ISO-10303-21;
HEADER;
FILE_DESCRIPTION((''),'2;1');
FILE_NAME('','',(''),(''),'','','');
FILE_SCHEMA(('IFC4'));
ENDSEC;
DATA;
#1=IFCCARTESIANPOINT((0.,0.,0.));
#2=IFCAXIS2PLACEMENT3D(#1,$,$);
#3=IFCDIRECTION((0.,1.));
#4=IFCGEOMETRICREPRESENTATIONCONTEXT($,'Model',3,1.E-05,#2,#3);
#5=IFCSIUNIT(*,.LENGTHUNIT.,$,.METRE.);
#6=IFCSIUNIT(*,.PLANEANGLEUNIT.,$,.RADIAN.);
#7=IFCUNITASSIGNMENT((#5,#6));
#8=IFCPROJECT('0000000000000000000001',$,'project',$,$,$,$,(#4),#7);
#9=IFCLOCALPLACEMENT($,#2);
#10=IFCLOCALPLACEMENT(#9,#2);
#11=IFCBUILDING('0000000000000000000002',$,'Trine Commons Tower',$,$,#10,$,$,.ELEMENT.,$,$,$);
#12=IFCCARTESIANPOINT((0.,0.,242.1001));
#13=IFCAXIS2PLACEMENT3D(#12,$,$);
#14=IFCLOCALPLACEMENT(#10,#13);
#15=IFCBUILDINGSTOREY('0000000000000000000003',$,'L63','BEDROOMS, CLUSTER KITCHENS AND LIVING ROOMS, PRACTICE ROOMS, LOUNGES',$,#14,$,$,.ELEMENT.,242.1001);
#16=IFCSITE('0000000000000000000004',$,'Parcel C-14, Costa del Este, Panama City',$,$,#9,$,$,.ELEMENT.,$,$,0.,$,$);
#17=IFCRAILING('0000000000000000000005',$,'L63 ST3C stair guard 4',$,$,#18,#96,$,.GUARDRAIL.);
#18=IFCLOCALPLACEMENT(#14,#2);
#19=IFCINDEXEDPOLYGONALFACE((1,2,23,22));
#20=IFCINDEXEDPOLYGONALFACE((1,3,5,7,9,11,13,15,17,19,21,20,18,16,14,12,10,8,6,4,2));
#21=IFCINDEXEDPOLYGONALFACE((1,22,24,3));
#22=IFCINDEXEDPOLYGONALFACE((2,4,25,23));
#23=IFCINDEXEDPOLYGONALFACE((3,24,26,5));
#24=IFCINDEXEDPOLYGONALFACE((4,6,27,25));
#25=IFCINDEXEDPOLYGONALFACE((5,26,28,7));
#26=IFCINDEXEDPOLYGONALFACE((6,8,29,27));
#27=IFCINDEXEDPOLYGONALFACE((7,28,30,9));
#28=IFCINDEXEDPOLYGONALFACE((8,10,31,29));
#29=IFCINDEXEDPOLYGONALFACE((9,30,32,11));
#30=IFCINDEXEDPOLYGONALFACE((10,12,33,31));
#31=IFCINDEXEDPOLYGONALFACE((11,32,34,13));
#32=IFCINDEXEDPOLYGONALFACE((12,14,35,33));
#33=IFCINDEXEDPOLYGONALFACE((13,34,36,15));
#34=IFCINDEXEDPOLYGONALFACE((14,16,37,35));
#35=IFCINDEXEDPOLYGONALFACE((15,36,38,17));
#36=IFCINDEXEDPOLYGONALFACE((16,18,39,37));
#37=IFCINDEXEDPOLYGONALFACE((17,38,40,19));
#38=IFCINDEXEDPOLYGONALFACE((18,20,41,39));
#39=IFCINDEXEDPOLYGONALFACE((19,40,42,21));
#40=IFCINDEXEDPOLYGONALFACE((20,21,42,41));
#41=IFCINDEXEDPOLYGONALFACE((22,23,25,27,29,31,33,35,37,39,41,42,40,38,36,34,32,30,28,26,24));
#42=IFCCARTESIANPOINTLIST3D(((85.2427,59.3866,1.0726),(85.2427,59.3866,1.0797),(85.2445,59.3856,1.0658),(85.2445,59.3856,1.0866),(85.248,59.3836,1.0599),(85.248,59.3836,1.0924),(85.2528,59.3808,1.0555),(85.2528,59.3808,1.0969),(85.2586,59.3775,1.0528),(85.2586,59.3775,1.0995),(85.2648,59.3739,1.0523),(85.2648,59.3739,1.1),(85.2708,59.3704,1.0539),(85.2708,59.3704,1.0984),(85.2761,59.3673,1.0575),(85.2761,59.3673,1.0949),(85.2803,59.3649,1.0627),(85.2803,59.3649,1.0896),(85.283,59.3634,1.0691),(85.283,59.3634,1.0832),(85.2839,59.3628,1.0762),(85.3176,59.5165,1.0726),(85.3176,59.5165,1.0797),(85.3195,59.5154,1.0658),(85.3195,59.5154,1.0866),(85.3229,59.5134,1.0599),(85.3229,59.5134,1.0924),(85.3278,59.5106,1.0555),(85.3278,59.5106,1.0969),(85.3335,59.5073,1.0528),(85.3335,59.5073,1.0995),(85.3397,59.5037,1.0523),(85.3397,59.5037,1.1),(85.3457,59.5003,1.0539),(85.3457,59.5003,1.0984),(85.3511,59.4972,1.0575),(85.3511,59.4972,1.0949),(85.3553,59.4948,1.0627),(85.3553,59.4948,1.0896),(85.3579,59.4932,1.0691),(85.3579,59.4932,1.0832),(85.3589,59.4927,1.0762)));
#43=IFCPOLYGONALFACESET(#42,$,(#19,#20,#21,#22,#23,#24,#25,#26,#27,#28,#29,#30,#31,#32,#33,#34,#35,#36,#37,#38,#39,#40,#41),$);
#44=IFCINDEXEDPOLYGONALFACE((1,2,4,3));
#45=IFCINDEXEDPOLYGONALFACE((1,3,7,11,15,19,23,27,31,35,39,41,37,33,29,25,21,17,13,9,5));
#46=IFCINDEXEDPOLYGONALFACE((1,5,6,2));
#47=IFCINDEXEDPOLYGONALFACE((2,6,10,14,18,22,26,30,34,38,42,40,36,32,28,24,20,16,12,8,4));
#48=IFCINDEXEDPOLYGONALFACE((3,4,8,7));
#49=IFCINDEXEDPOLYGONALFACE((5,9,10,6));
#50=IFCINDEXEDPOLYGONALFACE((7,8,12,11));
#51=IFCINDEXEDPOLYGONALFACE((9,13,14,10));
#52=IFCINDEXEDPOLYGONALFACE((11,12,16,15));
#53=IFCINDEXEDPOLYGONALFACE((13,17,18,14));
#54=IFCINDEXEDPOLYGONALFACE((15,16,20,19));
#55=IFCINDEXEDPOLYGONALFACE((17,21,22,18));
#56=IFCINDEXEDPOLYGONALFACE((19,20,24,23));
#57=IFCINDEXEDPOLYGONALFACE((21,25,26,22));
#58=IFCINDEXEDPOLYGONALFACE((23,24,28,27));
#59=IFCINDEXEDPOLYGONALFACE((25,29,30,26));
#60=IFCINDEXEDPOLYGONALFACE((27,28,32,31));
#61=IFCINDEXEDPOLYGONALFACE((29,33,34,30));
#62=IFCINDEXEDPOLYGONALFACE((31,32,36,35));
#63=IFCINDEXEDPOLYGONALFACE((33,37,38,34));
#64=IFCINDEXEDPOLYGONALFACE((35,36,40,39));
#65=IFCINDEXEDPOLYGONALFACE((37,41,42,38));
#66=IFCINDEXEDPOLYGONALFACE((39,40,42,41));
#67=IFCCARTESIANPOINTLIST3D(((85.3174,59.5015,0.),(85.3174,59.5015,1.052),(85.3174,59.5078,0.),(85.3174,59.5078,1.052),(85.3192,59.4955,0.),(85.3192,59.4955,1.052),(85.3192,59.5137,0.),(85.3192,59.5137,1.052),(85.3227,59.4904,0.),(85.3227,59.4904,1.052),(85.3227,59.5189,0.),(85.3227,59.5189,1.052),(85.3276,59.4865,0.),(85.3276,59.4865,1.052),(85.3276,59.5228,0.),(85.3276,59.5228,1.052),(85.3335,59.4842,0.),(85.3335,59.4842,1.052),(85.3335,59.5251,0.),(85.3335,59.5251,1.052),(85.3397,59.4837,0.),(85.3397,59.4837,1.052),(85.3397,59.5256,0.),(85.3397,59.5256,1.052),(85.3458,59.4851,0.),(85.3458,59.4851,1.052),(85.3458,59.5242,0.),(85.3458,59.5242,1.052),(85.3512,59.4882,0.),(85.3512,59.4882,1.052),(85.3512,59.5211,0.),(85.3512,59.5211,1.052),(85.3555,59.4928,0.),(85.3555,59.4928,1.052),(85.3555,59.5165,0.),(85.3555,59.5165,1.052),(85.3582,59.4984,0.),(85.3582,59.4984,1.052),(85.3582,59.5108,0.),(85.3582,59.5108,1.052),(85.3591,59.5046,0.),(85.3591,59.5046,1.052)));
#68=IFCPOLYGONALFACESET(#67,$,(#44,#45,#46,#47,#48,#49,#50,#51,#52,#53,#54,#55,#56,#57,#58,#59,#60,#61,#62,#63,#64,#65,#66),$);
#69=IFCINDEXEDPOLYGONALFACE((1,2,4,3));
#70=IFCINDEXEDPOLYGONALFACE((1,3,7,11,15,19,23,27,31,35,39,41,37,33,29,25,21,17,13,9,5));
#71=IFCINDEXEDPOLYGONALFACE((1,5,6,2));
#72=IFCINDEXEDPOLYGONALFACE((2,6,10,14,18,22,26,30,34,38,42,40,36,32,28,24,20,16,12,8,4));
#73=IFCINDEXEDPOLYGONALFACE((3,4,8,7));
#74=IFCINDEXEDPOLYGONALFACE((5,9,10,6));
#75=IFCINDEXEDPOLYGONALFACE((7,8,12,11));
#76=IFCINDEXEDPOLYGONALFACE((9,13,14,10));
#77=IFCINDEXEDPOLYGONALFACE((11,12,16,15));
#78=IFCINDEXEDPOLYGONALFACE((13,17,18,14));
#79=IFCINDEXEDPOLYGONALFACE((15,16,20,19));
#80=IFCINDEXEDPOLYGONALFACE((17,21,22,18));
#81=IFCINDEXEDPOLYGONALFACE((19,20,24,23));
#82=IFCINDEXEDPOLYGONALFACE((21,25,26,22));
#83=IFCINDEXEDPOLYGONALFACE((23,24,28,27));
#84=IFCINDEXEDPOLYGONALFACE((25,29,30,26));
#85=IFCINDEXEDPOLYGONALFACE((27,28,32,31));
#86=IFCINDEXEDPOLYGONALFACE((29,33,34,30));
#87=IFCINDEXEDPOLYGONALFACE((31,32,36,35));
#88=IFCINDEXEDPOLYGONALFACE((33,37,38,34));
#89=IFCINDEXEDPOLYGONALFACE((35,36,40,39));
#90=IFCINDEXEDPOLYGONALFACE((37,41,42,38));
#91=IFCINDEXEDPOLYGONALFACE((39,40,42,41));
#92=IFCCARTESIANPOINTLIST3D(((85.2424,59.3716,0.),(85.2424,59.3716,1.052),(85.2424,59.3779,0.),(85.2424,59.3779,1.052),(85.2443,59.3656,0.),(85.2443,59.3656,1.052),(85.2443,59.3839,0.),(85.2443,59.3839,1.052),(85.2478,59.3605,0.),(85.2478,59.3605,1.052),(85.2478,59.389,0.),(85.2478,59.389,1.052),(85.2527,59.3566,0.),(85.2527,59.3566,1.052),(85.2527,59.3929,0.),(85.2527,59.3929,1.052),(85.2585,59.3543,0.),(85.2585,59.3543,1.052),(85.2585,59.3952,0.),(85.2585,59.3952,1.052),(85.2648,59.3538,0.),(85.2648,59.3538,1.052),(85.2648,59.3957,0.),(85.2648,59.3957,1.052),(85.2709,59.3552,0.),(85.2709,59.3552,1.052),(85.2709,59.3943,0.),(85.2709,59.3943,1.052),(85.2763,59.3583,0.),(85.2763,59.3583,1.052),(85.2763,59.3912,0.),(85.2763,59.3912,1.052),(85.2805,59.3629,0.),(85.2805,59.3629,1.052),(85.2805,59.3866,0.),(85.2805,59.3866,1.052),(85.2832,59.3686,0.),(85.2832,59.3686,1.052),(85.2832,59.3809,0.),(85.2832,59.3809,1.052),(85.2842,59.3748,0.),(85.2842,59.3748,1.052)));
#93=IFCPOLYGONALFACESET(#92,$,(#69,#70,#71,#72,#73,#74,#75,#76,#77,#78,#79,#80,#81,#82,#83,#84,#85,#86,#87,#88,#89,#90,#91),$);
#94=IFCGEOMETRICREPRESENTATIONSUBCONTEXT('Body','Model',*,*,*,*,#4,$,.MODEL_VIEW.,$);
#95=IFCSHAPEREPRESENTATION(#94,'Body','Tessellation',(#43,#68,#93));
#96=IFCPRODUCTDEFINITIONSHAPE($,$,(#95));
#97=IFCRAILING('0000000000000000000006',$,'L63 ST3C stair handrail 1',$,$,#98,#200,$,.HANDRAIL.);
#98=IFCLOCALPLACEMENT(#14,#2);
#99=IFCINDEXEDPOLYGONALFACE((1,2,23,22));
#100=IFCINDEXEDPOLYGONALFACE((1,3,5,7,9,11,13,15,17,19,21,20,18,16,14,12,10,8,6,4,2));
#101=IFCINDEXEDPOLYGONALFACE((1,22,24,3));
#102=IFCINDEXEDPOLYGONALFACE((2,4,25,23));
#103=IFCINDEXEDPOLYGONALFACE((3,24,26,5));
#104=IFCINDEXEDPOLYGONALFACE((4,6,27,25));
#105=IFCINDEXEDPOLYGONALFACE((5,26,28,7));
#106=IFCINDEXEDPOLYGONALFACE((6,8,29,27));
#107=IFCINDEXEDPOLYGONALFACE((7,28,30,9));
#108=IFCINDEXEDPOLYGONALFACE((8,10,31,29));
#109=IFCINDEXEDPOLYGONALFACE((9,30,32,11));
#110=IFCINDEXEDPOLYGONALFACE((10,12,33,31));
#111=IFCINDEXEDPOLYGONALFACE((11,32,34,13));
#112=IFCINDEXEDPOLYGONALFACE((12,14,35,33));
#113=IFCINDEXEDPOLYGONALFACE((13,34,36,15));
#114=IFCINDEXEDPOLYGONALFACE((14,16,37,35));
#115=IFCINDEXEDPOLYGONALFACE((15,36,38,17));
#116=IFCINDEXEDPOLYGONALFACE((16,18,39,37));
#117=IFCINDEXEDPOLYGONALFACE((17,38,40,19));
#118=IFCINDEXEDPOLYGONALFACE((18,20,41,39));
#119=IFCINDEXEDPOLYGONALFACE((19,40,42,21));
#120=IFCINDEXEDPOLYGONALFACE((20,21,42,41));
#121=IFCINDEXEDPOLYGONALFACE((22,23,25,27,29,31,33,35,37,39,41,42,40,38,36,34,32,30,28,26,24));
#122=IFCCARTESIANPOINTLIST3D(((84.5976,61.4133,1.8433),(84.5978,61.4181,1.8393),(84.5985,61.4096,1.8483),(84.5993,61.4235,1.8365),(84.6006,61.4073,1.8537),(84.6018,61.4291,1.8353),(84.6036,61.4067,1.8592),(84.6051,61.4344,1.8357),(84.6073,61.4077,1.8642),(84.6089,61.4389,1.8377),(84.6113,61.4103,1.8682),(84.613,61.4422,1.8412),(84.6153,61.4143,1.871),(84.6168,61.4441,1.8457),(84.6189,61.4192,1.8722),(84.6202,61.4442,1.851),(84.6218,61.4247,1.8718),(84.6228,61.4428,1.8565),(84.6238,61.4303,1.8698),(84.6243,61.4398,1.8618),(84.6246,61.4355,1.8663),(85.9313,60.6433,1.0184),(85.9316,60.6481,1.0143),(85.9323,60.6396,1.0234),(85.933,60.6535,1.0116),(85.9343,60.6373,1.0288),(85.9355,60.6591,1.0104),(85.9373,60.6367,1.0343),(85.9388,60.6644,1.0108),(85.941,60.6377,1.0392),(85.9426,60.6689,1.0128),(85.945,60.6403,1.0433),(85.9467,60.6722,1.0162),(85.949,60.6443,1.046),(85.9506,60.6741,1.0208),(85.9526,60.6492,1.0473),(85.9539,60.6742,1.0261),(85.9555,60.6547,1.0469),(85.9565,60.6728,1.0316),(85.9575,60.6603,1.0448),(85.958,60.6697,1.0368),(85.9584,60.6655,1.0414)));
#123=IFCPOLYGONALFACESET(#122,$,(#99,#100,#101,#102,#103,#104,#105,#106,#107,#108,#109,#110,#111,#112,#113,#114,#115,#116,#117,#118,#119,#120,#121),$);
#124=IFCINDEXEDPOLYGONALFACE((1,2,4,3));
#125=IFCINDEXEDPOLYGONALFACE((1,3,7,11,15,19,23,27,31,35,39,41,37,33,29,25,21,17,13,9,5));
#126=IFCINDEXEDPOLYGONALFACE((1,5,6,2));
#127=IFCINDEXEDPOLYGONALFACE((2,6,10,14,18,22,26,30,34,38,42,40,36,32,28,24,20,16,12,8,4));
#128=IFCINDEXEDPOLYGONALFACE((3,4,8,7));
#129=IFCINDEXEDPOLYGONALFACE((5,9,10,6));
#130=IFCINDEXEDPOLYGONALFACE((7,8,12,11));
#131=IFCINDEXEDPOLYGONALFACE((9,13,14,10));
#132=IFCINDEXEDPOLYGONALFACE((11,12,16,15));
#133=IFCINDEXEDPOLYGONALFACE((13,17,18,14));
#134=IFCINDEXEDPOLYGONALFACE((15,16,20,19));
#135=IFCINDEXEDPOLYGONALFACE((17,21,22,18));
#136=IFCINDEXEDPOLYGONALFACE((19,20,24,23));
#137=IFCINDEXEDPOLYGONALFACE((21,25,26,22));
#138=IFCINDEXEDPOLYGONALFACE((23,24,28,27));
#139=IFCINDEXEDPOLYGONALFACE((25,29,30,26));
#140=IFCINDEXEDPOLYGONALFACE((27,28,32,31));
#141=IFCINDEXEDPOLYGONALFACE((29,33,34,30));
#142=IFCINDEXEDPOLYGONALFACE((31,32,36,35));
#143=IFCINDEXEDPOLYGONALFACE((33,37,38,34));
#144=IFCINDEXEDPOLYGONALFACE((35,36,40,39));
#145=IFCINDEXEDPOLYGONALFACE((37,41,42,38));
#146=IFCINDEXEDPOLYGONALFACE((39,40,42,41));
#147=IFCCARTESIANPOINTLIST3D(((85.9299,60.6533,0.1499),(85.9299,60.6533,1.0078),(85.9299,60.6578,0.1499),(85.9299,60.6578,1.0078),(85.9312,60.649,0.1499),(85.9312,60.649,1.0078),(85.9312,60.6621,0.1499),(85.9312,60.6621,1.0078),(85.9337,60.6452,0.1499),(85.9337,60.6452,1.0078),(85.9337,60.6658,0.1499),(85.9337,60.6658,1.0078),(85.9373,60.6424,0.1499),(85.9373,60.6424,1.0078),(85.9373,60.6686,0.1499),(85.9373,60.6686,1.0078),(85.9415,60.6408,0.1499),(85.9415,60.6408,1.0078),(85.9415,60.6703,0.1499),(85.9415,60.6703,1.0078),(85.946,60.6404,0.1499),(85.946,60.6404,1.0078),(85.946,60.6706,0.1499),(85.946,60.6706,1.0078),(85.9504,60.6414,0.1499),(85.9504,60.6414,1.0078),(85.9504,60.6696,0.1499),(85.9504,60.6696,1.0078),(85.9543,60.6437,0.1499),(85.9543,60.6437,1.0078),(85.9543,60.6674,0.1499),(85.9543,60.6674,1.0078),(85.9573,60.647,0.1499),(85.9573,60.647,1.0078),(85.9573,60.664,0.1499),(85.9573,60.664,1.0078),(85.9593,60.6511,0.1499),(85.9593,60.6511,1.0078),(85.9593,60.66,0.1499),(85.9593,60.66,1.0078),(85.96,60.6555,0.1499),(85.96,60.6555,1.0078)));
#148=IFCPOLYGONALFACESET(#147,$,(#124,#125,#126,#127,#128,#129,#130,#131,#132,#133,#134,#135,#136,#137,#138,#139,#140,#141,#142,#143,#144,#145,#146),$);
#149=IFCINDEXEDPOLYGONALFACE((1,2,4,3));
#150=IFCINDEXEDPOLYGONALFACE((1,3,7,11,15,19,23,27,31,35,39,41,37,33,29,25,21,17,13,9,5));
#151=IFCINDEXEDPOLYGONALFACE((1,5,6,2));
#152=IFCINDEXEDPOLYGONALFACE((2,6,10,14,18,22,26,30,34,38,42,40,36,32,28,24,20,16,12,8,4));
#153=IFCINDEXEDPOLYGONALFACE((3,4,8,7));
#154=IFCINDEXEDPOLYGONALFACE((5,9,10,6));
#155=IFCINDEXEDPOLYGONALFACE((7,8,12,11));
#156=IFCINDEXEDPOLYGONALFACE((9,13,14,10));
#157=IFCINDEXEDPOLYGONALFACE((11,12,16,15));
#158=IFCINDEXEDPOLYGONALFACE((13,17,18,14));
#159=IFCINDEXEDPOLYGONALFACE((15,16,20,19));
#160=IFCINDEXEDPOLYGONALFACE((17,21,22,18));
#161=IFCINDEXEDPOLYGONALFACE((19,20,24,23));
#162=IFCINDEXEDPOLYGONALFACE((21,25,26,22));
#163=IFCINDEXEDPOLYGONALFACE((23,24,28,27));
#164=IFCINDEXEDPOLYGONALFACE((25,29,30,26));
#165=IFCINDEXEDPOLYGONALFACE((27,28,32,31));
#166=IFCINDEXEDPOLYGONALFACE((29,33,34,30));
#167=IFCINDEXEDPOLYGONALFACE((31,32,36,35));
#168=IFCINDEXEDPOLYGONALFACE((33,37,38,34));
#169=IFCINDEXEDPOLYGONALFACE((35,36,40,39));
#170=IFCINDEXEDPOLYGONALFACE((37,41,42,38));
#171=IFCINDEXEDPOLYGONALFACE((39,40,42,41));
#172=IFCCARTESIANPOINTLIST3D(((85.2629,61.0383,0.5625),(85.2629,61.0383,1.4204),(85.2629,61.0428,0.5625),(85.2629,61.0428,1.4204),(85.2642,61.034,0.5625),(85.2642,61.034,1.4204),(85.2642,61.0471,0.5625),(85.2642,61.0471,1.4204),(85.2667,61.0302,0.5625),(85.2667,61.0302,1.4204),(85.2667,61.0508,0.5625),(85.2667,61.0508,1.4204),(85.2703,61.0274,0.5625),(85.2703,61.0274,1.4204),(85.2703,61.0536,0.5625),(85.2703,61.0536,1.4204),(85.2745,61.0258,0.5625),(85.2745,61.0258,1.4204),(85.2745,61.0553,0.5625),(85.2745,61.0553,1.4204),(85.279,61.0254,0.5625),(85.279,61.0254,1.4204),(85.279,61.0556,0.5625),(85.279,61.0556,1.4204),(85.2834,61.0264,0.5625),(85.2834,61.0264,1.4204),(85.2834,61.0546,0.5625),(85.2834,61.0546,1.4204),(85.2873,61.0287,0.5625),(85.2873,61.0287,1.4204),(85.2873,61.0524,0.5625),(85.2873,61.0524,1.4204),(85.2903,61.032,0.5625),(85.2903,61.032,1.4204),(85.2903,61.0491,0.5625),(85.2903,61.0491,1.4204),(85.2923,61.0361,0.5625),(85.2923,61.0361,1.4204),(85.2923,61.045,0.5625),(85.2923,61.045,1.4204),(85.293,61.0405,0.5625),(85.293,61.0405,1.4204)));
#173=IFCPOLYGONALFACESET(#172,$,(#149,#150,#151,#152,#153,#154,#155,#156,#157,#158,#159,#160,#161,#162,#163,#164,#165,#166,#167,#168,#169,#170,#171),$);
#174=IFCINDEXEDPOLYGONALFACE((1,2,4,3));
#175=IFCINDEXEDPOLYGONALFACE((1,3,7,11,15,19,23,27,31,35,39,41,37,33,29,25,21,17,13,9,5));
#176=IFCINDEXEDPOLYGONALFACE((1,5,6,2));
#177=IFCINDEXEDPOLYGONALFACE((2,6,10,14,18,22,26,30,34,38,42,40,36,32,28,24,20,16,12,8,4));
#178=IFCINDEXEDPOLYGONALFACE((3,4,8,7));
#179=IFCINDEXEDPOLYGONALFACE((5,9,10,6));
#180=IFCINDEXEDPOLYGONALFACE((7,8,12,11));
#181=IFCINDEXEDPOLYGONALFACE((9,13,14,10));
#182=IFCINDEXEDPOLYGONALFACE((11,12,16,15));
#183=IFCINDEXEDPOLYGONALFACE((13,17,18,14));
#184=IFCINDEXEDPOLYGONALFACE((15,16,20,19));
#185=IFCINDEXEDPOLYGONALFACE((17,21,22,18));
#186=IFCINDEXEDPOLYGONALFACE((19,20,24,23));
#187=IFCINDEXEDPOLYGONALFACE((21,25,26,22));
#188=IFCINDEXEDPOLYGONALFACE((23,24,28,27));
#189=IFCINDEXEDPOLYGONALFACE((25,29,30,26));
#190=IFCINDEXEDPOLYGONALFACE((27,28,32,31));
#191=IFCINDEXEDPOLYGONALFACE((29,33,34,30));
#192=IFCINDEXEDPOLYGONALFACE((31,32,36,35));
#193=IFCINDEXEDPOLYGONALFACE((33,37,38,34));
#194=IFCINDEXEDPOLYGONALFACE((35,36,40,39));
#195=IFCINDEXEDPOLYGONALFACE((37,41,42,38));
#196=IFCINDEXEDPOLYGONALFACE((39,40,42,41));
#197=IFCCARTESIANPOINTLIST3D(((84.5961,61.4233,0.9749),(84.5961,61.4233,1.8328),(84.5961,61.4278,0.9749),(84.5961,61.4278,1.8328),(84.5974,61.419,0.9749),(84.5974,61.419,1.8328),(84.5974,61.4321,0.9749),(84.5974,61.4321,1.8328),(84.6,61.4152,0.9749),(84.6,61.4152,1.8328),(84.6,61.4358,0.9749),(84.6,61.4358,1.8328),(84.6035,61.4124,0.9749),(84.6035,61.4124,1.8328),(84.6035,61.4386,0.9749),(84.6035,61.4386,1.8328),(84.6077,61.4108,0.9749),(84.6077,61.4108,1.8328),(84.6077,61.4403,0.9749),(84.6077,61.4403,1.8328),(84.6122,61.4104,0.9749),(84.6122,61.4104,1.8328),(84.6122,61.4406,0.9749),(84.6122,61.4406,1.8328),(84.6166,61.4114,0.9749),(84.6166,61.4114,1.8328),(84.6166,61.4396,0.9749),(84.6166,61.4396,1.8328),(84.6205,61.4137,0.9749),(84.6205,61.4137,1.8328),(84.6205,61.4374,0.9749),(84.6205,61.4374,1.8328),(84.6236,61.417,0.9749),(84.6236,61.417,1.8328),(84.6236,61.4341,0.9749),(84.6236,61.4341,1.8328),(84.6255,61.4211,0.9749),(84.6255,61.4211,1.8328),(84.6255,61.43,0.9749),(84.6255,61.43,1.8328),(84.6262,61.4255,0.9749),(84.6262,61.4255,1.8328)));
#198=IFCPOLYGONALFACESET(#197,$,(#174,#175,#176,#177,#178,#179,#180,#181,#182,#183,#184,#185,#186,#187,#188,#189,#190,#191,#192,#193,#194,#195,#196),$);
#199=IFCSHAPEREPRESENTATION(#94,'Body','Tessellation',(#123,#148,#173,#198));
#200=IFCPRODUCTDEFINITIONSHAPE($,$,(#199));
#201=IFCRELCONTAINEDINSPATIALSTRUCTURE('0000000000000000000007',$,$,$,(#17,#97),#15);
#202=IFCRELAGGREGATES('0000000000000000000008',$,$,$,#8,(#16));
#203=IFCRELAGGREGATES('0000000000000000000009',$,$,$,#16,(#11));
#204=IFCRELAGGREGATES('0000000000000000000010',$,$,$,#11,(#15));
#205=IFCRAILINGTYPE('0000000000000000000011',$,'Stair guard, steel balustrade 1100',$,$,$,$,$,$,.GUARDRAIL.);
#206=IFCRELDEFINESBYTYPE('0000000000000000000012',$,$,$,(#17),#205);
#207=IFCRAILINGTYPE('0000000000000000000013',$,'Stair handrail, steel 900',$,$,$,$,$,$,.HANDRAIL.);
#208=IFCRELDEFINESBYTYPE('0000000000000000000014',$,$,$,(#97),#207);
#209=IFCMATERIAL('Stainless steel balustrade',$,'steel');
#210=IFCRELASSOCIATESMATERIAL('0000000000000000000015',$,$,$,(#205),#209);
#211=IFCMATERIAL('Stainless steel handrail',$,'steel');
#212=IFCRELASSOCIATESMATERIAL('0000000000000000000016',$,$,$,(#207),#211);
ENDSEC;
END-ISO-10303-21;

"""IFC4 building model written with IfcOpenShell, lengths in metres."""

from ifc_helpers import new_model, si_unit, direction, frame, origin, origin_2d, place, context, subcontext, project, spatial, circle, extrude, material, type_object, element, save


model = new_model("IFC4")

# Units and contexts
model_context = context("Model", 3, precision=1e-05, world=origin(), true_north=direction((0.0, 1.0)))
body_context = subcontext(model_context, "Body", "Model", "MODEL_VIEW")
ifc_project = project(units=[si_unit("LENGTHUNIT", "METRE"), si_unit("PLANEANGLEUNIT", "RADIAN")], contexts=[model_context])

# Site, building, storey
site_placement = place(None, origin())
site = spatial("IfcSite", under=ifc_project, at=site_placement, Name="Parcel C-14, Costa del Este, Panama City", CompositionType="ELEMENT", RefElevation=0.0)
building_placement = place(site_placement, origin())
building = spatial("IfcBuilding", under=site, at=building_placement, Name="Trine Commons Tower", CompositionType="ELEMENT")
storey_placement = place(building_placement, frame((0.0, 0.0, 242.1001)))
storey = spatial("IfcBuildingStorey", under=building, at=storey_placement, Name="L63", Description="BEDROOMS, CLUSTER KITCHENS AND LIVING ROOMS, PRACTICE ROOMS, LOUNGES", CompositionType="ELEMENT", Elevation=242.1001)

# Railings
ifc_material_1 = material(Name="Stainless steel balustrade", Category="steel")
railing_type_1 = type_object("IfcRailingType", Name="Stair guard, steel balustrade 1100", PredefinedType="GUARDRAIL", material=ifc_material_1)
railing_1_placement = place(storey_placement, frame((85.3381, 59.5046, 0.0)))
element("IfcRailing", 1, at=railing_1_placement, inside=storey, type_object=railing_type_1, Name="L63 ST3C stair guard 4", PredefinedType="GUARDRAIL", context=body_context, shape_type="SweptSolid", body=[
    extrude(circle(Radius=0.0239, at=origin_2d()), frame((0.0, 0.0, 1.0762), z_axis=(-0.499816, -0.866131, 0.0), x_axis=(0.866131, -0.499816, 0.0)), (0.0, 0.0, 1.0), 0.1499),
    extrude(circle(Radius=0.021, at=origin_2d()), origin(), (0.0, 0.0, 1.0), 1.052),
    extrude(circle(Radius=0.021, at=origin_2d()), frame((-0.075, -0.1299, 0.0)), (0.0, 0.0, 1.0), 1.052),
])
ifc_material_2 = material(Name="Stainless steel handrail", Category="steel")
railing_type_2 = type_object("IfcRailingType", Name="Stair handrail, steel 900", PredefinedType="HANDRAIL", material=ifc_material_2)
railing_2_placement = place(storey_placement, frame((85.9448, 60.6555, 0.1499)))
element("IfcRailing", 2, at=railing_2_placement, inside=storey, type_object=railing_type_2, Name="L63 ST3C stair handrail 1", PredefinedType="HANDRAIL", context=body_context, shape_type="SweptSolid", body=[
    extrude(circle(Radius=0.021, at=origin_2d()), frame((0.0, 0.0, 0.8789), z_axis=(-0.763405, 0.440743, 0.472185), x_axis=(-0.499992, -0.86603, 0.0)), (0.0, 0.0, 1.0), 1.7471),
    extrude(circle(Radius=0.0151, at=origin_2d()), origin(), (0.0, 0.0, 1.0), 0.8579),
    extrude(circle(Radius=0.0151, at=origin_2d()), frame((-0.667, 0.385, 0.4126)), (0.0, 0.0, 1.0), 0.8579),
    extrude(circle(Radius=0.0151, at=origin_2d()), frame((-1.3337, 0.77, 0.825)), (0.0, 0.0, 1.0), 0.8579),
])

save(model, "model.ifc")
